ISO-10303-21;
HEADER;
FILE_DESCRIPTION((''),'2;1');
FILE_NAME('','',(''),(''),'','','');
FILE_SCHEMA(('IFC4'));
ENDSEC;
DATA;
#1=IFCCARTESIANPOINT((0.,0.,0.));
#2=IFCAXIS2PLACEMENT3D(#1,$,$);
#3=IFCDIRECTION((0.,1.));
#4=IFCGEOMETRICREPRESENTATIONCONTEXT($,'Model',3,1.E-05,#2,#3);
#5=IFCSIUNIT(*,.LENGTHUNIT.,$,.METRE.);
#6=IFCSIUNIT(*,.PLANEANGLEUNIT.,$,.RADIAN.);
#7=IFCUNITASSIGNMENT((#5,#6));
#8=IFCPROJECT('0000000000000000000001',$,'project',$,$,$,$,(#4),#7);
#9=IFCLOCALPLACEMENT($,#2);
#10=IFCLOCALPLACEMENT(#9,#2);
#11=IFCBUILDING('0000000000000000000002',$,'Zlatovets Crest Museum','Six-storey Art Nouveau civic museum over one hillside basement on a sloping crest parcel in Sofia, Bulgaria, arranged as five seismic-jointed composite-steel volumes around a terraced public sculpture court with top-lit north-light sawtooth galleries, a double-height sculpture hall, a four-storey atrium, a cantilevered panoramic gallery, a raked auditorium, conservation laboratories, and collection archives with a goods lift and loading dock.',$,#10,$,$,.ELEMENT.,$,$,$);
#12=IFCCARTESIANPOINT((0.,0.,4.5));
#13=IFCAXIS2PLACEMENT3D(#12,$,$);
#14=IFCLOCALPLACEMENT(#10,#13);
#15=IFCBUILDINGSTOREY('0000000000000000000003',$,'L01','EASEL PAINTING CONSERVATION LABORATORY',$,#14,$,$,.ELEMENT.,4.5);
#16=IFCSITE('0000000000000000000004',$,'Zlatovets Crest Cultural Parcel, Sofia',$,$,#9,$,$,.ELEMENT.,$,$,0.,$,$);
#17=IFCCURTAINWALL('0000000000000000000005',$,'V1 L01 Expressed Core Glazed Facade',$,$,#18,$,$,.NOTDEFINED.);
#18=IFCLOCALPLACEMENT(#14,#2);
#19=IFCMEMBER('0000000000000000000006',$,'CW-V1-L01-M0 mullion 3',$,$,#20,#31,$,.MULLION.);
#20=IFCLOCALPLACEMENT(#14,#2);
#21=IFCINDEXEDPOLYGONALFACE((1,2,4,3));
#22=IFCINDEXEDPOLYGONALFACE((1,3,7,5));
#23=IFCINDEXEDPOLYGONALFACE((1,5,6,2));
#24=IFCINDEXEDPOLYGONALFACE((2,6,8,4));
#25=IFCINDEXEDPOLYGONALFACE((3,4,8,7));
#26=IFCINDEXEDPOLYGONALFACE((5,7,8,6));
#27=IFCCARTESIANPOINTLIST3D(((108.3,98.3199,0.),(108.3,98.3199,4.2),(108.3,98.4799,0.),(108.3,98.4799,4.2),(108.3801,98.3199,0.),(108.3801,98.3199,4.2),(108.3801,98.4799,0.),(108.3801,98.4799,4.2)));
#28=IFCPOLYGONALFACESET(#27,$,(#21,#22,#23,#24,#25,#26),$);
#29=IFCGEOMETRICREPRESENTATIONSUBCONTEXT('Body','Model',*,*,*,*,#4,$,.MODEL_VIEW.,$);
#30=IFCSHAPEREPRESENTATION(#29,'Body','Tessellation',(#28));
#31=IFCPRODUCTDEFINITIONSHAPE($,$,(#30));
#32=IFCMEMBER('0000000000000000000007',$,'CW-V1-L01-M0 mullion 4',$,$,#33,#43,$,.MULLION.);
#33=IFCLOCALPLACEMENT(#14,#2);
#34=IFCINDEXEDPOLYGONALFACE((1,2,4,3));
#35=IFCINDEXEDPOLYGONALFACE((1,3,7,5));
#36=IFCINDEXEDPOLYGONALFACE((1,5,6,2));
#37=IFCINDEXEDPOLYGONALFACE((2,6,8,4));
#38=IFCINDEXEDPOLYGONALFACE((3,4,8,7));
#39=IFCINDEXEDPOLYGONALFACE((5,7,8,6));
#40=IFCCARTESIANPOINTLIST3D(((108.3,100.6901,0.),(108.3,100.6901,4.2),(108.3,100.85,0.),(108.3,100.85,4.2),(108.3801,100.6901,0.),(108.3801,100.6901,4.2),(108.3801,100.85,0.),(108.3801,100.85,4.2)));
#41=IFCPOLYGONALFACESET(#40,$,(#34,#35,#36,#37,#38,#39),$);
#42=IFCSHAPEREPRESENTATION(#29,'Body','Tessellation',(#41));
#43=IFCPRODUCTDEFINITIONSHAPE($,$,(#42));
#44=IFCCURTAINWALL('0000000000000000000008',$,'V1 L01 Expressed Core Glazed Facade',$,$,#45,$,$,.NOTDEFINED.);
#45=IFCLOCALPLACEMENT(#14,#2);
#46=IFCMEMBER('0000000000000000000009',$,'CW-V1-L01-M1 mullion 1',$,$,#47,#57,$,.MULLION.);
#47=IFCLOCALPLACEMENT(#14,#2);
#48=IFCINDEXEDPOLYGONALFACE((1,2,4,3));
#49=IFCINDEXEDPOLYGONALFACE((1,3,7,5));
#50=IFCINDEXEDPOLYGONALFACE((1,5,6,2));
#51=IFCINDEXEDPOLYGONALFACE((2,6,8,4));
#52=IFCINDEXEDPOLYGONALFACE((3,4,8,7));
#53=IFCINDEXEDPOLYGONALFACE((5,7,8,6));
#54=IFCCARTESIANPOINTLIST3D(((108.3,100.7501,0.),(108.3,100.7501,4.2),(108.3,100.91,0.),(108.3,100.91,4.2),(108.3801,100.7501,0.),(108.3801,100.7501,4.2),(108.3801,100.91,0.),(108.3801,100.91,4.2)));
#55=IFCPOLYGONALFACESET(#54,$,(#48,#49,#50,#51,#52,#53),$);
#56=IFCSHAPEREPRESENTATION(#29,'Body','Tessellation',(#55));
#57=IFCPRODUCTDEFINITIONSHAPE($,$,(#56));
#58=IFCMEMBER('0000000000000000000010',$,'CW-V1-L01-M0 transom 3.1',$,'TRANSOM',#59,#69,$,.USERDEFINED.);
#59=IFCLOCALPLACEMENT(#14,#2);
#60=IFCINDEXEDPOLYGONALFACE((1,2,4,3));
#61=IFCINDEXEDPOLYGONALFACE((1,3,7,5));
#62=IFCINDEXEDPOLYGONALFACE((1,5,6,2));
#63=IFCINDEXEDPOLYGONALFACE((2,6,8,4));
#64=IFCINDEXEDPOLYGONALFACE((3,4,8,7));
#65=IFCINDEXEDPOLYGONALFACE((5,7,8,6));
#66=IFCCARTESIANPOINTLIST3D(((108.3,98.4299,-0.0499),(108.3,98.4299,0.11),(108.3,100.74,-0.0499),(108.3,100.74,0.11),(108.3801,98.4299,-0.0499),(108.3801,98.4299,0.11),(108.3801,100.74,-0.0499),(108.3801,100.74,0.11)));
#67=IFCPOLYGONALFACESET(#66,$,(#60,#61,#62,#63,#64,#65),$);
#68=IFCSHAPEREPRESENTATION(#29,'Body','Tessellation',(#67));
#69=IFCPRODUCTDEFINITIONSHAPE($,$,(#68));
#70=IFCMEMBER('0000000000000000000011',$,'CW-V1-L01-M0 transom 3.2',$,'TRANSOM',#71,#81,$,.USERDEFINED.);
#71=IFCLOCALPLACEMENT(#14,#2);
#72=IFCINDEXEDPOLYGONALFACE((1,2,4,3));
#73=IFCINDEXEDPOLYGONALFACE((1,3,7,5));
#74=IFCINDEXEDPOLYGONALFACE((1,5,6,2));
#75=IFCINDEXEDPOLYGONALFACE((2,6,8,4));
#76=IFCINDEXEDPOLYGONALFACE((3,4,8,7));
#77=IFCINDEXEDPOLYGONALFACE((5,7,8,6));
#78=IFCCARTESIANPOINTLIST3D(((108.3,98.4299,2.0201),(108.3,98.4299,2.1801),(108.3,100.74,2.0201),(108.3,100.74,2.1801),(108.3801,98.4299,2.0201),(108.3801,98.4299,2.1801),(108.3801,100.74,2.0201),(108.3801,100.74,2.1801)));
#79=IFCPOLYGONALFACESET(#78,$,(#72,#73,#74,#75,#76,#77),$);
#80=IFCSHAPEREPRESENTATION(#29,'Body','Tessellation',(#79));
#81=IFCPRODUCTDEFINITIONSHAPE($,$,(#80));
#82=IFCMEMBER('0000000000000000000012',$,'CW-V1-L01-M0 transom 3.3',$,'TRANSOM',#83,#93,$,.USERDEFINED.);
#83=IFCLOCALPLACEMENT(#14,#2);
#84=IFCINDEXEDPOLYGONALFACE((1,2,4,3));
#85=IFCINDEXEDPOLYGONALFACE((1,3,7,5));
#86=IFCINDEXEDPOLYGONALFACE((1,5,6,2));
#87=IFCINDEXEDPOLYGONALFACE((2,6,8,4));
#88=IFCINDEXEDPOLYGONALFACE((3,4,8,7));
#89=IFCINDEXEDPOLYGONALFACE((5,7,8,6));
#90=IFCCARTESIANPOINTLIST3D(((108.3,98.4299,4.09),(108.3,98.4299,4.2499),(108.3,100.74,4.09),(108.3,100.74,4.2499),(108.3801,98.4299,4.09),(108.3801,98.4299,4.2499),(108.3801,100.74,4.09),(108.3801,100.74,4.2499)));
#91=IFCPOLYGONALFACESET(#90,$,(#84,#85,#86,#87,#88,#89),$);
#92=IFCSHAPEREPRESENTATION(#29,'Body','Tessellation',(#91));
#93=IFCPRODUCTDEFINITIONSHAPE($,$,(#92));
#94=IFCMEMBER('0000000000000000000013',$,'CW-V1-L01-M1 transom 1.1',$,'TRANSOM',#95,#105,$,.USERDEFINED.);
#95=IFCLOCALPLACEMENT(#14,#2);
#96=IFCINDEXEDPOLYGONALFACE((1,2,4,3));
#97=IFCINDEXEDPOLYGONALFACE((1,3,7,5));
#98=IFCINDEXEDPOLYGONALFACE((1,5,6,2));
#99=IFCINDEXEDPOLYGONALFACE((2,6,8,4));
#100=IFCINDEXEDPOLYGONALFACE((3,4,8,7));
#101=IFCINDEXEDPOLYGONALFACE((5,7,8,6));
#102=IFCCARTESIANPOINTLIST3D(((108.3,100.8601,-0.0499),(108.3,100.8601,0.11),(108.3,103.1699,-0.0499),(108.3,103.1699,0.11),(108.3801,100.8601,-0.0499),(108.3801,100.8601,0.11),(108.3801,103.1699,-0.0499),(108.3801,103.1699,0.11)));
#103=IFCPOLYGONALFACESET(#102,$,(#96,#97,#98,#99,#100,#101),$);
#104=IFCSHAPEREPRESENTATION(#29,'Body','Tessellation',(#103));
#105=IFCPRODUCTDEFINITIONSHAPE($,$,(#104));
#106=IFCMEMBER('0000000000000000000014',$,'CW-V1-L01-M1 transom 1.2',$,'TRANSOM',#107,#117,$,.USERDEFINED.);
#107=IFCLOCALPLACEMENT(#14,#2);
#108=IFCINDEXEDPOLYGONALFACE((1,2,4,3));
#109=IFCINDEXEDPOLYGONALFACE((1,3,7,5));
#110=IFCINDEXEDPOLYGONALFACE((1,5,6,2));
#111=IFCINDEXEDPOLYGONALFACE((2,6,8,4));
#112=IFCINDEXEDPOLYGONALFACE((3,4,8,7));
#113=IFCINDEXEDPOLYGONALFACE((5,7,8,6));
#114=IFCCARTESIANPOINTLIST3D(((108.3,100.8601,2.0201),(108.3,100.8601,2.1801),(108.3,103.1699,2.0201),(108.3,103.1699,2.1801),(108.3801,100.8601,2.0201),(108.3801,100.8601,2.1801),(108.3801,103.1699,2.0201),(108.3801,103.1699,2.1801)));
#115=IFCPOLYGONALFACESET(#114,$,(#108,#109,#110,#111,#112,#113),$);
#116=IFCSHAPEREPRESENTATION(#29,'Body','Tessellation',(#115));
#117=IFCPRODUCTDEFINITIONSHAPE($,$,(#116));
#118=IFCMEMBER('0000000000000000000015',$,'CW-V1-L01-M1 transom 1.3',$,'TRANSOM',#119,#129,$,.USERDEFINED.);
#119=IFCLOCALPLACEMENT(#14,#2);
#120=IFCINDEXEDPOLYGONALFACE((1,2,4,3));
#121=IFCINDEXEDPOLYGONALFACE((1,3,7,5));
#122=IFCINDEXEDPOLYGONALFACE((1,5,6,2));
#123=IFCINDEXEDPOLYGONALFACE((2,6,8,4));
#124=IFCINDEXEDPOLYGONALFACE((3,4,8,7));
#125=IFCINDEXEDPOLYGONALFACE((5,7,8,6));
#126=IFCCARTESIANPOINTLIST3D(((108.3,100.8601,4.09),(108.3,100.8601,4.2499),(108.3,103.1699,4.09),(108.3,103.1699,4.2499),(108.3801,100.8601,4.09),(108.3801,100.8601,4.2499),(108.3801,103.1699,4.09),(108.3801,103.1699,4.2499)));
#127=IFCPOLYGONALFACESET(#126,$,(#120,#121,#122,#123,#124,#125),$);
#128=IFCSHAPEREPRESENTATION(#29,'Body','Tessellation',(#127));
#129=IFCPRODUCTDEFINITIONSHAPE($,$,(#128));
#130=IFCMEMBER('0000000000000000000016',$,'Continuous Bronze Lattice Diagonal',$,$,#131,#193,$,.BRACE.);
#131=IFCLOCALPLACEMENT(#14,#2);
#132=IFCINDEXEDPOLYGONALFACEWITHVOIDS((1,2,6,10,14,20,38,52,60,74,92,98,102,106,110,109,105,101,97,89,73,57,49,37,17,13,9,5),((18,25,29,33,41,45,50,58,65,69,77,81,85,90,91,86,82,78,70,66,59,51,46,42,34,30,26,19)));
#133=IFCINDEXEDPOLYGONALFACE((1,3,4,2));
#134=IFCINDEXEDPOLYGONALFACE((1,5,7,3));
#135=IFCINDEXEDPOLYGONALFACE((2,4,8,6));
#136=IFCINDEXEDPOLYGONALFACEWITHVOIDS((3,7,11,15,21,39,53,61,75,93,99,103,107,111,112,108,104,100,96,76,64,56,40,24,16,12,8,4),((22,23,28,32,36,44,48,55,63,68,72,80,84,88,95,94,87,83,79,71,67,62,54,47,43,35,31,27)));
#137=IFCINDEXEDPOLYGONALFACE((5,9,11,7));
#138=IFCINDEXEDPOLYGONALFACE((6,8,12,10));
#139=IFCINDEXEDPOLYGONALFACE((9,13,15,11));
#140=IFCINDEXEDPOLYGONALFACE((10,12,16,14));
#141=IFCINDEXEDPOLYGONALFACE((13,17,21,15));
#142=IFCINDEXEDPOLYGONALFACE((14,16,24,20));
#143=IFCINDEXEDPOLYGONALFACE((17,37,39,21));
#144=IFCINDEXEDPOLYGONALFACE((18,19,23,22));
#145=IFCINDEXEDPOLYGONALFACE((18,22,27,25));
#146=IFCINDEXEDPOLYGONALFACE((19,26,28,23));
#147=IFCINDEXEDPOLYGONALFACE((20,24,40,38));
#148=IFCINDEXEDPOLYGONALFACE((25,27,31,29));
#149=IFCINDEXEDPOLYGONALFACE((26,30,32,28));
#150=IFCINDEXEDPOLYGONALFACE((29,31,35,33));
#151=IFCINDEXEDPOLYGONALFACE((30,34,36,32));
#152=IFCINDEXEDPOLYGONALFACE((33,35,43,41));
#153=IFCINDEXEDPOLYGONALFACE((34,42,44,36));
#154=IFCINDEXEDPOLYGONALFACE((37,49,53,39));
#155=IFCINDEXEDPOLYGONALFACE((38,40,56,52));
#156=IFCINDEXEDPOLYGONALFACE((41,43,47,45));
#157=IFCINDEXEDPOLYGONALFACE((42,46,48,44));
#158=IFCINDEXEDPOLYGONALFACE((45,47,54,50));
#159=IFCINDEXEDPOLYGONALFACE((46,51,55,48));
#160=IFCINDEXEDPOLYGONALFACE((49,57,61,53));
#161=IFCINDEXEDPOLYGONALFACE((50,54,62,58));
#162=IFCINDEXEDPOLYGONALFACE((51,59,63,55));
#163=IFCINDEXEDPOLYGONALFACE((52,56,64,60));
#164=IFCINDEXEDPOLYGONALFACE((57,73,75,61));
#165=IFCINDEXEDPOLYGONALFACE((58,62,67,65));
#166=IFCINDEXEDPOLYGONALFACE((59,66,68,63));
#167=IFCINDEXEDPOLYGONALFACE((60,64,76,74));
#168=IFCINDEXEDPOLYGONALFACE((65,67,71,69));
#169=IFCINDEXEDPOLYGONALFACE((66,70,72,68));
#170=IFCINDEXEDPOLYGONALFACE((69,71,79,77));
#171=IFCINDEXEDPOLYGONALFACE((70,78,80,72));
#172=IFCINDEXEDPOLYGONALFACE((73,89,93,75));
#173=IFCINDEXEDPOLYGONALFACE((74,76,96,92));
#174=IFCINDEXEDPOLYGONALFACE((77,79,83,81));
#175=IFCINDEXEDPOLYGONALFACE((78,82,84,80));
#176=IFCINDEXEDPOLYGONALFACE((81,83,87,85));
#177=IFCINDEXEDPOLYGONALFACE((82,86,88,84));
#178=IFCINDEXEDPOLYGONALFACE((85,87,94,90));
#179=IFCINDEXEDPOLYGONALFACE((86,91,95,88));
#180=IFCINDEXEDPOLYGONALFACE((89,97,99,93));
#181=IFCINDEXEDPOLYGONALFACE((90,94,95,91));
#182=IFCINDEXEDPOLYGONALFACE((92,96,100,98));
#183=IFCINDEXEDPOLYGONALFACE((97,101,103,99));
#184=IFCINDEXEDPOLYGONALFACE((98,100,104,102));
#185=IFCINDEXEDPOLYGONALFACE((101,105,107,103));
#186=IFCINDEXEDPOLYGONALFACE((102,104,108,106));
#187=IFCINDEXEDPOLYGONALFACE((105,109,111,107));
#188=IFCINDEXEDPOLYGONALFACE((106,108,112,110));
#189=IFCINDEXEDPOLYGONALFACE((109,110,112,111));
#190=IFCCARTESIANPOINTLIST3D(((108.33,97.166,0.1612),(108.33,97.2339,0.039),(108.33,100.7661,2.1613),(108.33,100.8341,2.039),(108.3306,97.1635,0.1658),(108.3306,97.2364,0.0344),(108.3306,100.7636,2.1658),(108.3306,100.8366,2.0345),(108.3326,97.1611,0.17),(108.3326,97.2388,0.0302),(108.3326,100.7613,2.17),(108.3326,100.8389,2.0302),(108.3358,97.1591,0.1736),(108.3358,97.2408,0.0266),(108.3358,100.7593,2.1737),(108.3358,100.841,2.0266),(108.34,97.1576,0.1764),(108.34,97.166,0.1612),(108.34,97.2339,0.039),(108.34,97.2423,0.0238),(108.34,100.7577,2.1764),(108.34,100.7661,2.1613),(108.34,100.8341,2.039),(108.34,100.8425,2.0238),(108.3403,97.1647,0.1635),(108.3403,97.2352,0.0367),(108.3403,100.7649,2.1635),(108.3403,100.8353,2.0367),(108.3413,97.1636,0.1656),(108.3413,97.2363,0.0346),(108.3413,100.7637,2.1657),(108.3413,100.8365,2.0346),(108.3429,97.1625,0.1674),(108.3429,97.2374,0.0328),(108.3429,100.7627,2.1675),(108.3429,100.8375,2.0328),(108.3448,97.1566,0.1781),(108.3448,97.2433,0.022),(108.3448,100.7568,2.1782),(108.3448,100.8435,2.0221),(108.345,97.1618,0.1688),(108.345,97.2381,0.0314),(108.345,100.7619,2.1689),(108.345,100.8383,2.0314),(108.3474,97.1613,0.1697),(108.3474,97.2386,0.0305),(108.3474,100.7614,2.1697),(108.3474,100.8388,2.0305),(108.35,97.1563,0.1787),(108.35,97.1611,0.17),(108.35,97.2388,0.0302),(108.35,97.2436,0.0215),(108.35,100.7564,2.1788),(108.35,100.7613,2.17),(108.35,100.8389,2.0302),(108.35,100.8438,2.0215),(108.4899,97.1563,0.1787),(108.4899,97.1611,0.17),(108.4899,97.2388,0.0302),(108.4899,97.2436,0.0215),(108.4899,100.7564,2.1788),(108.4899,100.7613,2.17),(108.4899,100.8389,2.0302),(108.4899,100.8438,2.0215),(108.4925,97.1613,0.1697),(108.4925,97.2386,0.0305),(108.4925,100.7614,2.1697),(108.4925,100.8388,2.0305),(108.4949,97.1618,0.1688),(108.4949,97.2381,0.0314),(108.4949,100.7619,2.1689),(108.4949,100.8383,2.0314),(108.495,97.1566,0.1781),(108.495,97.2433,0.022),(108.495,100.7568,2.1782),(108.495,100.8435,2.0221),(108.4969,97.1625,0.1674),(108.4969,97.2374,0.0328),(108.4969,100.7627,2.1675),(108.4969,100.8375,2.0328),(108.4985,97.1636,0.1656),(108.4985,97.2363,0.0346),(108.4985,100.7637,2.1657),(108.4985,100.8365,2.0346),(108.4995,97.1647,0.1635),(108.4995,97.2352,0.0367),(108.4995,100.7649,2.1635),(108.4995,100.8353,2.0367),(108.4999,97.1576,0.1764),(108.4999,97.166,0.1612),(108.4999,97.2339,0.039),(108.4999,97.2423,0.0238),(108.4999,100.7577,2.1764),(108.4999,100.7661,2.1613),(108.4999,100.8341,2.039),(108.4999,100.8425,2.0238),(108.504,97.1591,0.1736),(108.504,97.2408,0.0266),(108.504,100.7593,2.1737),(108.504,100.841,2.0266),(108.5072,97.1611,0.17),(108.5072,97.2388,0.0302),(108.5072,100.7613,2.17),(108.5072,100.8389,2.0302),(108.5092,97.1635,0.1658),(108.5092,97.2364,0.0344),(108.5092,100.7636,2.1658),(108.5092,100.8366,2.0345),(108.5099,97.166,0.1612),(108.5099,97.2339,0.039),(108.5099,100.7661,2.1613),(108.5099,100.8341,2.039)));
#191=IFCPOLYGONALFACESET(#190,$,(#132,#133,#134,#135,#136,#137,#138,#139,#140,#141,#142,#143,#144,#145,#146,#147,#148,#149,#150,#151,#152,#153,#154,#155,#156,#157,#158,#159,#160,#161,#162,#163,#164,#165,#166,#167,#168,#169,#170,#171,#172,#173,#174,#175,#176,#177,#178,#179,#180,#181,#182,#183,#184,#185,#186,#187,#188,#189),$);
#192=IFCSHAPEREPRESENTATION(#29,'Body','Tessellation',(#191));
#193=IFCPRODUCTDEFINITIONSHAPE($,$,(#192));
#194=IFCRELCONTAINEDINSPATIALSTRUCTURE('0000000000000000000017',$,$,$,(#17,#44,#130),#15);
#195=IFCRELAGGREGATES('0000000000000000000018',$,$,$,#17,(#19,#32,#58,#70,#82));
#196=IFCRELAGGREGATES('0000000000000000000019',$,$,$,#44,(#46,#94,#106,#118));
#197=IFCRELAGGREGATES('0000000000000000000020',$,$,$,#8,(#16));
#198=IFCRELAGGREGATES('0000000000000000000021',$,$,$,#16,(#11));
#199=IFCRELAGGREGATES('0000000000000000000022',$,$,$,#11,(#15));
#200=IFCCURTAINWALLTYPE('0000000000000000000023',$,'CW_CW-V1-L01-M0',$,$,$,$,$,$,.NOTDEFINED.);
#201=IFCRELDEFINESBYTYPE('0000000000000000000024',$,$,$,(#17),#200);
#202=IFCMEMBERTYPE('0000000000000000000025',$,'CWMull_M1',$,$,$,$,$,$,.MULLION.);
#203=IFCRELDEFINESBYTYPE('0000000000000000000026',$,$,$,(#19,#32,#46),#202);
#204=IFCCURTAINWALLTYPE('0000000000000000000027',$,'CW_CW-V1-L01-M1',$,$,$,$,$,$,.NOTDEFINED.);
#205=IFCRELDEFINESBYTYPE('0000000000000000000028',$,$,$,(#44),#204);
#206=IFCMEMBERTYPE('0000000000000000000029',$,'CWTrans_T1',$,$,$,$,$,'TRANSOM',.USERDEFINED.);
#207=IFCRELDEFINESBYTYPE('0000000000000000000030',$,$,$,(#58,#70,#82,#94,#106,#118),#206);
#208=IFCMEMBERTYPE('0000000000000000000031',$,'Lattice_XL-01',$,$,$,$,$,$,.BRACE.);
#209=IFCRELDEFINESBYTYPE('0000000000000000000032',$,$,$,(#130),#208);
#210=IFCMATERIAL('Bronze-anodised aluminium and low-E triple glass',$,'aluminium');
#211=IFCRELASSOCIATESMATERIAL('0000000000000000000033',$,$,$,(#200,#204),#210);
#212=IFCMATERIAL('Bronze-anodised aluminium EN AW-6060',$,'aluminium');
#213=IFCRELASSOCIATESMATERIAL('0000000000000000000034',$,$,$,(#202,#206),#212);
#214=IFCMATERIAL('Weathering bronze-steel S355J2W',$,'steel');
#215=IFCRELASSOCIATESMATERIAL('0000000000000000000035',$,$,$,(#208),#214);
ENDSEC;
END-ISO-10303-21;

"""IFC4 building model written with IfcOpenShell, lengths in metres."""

from ifc_helpers import new_model, si_unit, direction, frame, origin, origin_2d, place, context, subcontext, project, spatial, rectangle, hollow_rectangle, extrude, material, material_profile, profile_set, type_object, element, aggregate, save


model = new_model("IFC4")

# Units and contexts
model_context = context("Model", 3, precision=1e-05, world=origin(), true_north=direction((0.0, 1.0)))
body_context = subcontext(model_context, "Body", "Model", "MODEL_VIEW")
ifc_project = project(units=[si_unit("LENGTHUNIT", "METRE"), si_unit("PLANEANGLEUNIT", "RADIAN")], contexts=[model_context])

# Site, building, storey
site_placement = place(None, origin())
site = spatial("IfcSite", under=ifc_project, at=site_placement, Name="Zlatovets Crest Cultural Parcel, Sofia", CompositionType="ELEMENT", RefElevation=0.0)
building_placement = place(site_placement, origin())
building = spatial("IfcBuilding", under=site, at=building_placement, Name="Zlatovets Crest Museum", Description="Six-storey Art Nouveau civic museum over one hillside basement on a sloping crest parcel in Sofia, Bulgaria, arranged as five seismic-jointed composite-steel volumes around a terraced public sculpture court with top-lit north-light sawtooth galleries, a double-height sculpture hall, a four-storey atrium, a cantilevered panoramic gallery, a raked auditorium, conservation laboratories, and collection archives with a goods lift and loading dock.", CompositionType="ELEMENT")
storey_placement = place(building_placement, frame((0.0, 0.0, 4.5)))
storey = spatial("IfcBuildingStorey", under=building, at=storey_placement, Name="L01", Description="EASEL PAINTING CONSERVATION LABORATORY", CompositionType="ELEMENT", Elevation=4.5)

# Curtain wall, members
ifc_material_1 = material(Name="Bronze-anodised aluminium and low-E triple glass", Category="aluminium")
curtain_wall_type_1 = type_object("IfcCurtainWallType", Name="CW_CW-V1-L01-M0", PredefinedType="NOTDEFINED", material=ifc_material_1)
curtain_wall_1_placement = place(storey_placement, origin())
curtain_wall_1 = element("IfcCurtainWall", 1, at=curtain_wall_1_placement, inside=storey, type_object=curtain_wall_type_1, Name="V1 L01 Expressed Core Glazed Facade", PredefinedType="NOTDEFINED")
ifc_material_2 = material(Name="Bronze-anodised aluminium EN AW-6060", Category="aluminium")
ifc_material_profile_1 = material_profile(ifc_material_2, rectangle(XDim=0.0801, YDim=0.1599, at=origin_2d()), Name="ALU 80x160")
ifc_profile_set_1 = profile_set([ifc_material_profile_1], Name="Bronze-anodised aluminium EN AW-6060")
member_type_1 = type_object("IfcMemberType", Name="CWMull_M1", PredefinedType="MULLION", material=ifc_profile_set_1)
member_1_placement = place(storey_placement, frame((108.3401, 98.3999, 0.0), z_axis=(0.0, 0.0, 1.0), x_axis=(-1.0, 0.0, 0.0)))
member_1 = element("IfcMember", 2, at=member_1_placement, type_object=member_type_1, Name="CW-V1-L01-M0 mullion 3", PredefinedType="MULLION", context=body_context, shape_type="SweptSolid", body=[
    extrude(rectangle(XDim=0.0801, YDim=0.1599, at=origin_2d()), origin(), (0.0, 0.0, 1.0), 4.2),
])
member_2_placement = place(storey_placement, frame((108.3401, 100.77, 0.0), z_axis=(0.0, 0.0, 1.0), x_axis=(-1.0, 0.0, 0.0)))
member_2 = element("IfcMember", 3, at=member_2_placement, type_object=member_type_1, Name="CW-V1-L01-M0 mullion 4", PredefinedType="MULLION", context=body_context, shape_type="SweptSolid", body=[
    extrude(rectangle(XDim=0.0801, YDim=0.1599, at=origin_2d()), origin(), (0.0, 0.0, 1.0), 4.2),
])

# Curtain wall, member
curtain_wall_type_2 = type_object("IfcCurtainWallType", Name="CW_CW-V1-L01-M1", PredefinedType="NOTDEFINED", material=ifc_material_1)
curtain_wall_2_placement = place(storey_placement, origin())
curtain_wall_2 = element("IfcCurtainWall", 4, at=curtain_wall_2_placement, inside=storey, type_object=curtain_wall_type_2, Name="V1 L01 Expressed Core Glazed Facade", PredefinedType="NOTDEFINED")
member_3_placement = place(storey_placement, frame((108.3401, 100.8301, 0.0), z_axis=(0.0, 0.0, 1.0), x_axis=(-1.0, 0.0, 0.0)))
member_3 = element("IfcMember", 5, at=member_3_placement, type_object=member_type_1, Name="CW-V1-L01-M1 mullion 1", PredefinedType="MULLION", context=body_context, shape_type="SweptSolid", body=[
    extrude(rectangle(XDim=0.0801, YDim=0.1599, at=origin_2d()), origin(), (0.0, 0.0, 1.0), 4.2),
])

# Members
ifc_material_profile_2 = material_profile(ifc_material_2, rectangle(XDim=0.0801, YDim=0.1599, at=origin_2d()), Name="ALU 80x160")
ifc_profile_set_2 = profile_set([ifc_material_profile_2], Name="Bronze-anodised aluminium EN AW-6060")
member_type_2 = type_object("IfcMemberType", Name="CWTrans_T1", ElementType="TRANSOM", PredefinedType="USERDEFINED", material=ifc_profile_set_2)
member_4_placement = place(storey_placement, frame((108.3401, 98.4299, 0.03), z_axis=(0.0, 1.0, 0.0), x_axis=(-1.0, 0.0, 0.0)))
member_4 = element("IfcMember", 6, at=member_4_placement, type_object=member_type_2, Name="CW-V1-L01-M0 transom 3.1", ObjectType="TRANSOM", PredefinedType="USERDEFINED", context=body_context, shape_type="SweptSolid", body=[
    extrude(rectangle(XDim=0.0801, YDim=0.1599, at=origin_2d()), origin(), (0.0, 0.0, 1.0), 2.3101),
])
member_5_placement = place(storey_placement, frame((108.3401, 98.4299, 2.1001), z_axis=(0.0, 1.0, 0.0), x_axis=(-1.0, 0.0, 0.0)))
member_5 = element("IfcMember", 7, at=member_5_placement, type_object=member_type_2, Name="CW-V1-L01-M0 transom 3.2", ObjectType="TRANSOM", PredefinedType="USERDEFINED", context=body_context, shape_type="SweptSolid", body=[
    extrude(rectangle(XDim=0.0801, YDim=0.1599, at=origin_2d()), origin(), (0.0, 0.0, 1.0), 2.3101),
])
member_6_placement = place(storey_placement, frame((108.3401, 98.4299, 4.1699), z_axis=(0.0, 1.0, 0.0), x_axis=(-1.0, 0.0, 0.0)))
member_6 = element("IfcMember", 8, at=member_6_placement, type_object=member_type_2, Name="CW-V1-L01-M0 transom 3.3", ObjectType="TRANSOM", PredefinedType="USERDEFINED", context=body_context, shape_type="SweptSolid", body=[
    extrude(rectangle(XDim=0.0801, YDim=0.1599, at=origin_2d()), origin(), (0.0, 0.0, 1.0), 2.3101),
])
member_7_placement = place(storey_placement, frame((108.3401, 100.8601, 0.03), z_axis=(0.0, 1.0, 0.0), x_axis=(-1.0, 0.0, 0.0)))
member_7 = element("IfcMember", 9, at=member_7_placement, type_object=member_type_2, Name="CW-V1-L01-M1 transom 1.1", ObjectType="TRANSOM", PredefinedType="USERDEFINED", context=body_context, shape_type="SweptSolid", body=[
    extrude(rectangle(XDim=0.0801, YDim=0.1599, at=origin_2d()), origin(), (0.0, 0.0, 1.0), 2.3098),
])
member_8_placement = place(storey_placement, frame((108.3401, 100.8601, 2.1001), z_axis=(0.0, 1.0, 0.0), x_axis=(-1.0, 0.0, 0.0)))
member_8 = element("IfcMember", 10, at=member_8_placement, type_object=member_type_2, Name="CW-V1-L01-M1 transom 1.2", ObjectType="TRANSOM", PredefinedType="USERDEFINED", context=body_context, shape_type="SweptSolid", body=[
    extrude(rectangle(XDim=0.0801, YDim=0.1599, at=origin_2d()), origin(), (0.0, 0.0, 1.0), 2.3098),
])
member_9_placement = place(storey_placement, frame((108.3401, 100.8601, 4.1699), z_axis=(0.0, 1.0, 0.0), x_axis=(-1.0, 0.0, 0.0)))
member_9 = element("IfcMember", 11, at=member_9_placement, type_object=member_type_2, Name="CW-V1-L01-M1 transom 1.3", ObjectType="TRANSOM", PredefinedType="USERDEFINED", context=body_context, shape_type="SweptSolid", body=[
    extrude(rectangle(XDim=0.0801, YDim=0.1599, at=origin_2d()), origin(), (0.0, 0.0, 1.0), 2.3098),
])

# Member
ifc_material_3 = material(Name="Weathering bronze-steel S355J2W", Category="steel")
ifc_material_profile_3 = material_profile(ifc_material_3, hollow_rectangle(XDim=0.1799, YDim=0.1799, WallThickness=0.01, InnerFilletRadius=0.01, OuterFilletRadius=0.02, at=origin_2d()), Name="SHS 180x180x10.0")
ifc_profile_set_3 = profile_set([ifc_material_profile_3], Name="Weathering bronze-steel S355J2W")
member_type_3 = type_object("IfcMemberType", Name="Lattice_XL-01", PredefinedType="BRACE", material=ifc_profile_set_3)
member_10_placement = place(storey_placement, frame((108.4199, 97.2, 0.1001), z_axis=(0.0, 0.874163, 0.485633), x_axis=(-1.0, 0.0, 0.0)))
element("IfcMember", 12, at=member_10_placement, inside=storey, type_object=member_type_3, Name="Continuous Bronze Lattice Diagonal", PredefinedType="BRACE", context=body_context, shape_type="SweptSolid", body=[
    extrude(hollow_rectangle(XDim=0.1799, YDim=0.1799, WallThickness=0.01, InnerFilletRadius=0.01, OuterFilletRadius=0.02, at=origin_2d()), origin(), (0.0, 0.0, 1.0), 4.1184),
])

aggregate(curtain_wall_1, [member_1, member_2, member_4, member_5, member_6])
aggregate(curtain_wall_2, [member_3, member_7, member_8, member_9])

save(model, "model.ifc")
